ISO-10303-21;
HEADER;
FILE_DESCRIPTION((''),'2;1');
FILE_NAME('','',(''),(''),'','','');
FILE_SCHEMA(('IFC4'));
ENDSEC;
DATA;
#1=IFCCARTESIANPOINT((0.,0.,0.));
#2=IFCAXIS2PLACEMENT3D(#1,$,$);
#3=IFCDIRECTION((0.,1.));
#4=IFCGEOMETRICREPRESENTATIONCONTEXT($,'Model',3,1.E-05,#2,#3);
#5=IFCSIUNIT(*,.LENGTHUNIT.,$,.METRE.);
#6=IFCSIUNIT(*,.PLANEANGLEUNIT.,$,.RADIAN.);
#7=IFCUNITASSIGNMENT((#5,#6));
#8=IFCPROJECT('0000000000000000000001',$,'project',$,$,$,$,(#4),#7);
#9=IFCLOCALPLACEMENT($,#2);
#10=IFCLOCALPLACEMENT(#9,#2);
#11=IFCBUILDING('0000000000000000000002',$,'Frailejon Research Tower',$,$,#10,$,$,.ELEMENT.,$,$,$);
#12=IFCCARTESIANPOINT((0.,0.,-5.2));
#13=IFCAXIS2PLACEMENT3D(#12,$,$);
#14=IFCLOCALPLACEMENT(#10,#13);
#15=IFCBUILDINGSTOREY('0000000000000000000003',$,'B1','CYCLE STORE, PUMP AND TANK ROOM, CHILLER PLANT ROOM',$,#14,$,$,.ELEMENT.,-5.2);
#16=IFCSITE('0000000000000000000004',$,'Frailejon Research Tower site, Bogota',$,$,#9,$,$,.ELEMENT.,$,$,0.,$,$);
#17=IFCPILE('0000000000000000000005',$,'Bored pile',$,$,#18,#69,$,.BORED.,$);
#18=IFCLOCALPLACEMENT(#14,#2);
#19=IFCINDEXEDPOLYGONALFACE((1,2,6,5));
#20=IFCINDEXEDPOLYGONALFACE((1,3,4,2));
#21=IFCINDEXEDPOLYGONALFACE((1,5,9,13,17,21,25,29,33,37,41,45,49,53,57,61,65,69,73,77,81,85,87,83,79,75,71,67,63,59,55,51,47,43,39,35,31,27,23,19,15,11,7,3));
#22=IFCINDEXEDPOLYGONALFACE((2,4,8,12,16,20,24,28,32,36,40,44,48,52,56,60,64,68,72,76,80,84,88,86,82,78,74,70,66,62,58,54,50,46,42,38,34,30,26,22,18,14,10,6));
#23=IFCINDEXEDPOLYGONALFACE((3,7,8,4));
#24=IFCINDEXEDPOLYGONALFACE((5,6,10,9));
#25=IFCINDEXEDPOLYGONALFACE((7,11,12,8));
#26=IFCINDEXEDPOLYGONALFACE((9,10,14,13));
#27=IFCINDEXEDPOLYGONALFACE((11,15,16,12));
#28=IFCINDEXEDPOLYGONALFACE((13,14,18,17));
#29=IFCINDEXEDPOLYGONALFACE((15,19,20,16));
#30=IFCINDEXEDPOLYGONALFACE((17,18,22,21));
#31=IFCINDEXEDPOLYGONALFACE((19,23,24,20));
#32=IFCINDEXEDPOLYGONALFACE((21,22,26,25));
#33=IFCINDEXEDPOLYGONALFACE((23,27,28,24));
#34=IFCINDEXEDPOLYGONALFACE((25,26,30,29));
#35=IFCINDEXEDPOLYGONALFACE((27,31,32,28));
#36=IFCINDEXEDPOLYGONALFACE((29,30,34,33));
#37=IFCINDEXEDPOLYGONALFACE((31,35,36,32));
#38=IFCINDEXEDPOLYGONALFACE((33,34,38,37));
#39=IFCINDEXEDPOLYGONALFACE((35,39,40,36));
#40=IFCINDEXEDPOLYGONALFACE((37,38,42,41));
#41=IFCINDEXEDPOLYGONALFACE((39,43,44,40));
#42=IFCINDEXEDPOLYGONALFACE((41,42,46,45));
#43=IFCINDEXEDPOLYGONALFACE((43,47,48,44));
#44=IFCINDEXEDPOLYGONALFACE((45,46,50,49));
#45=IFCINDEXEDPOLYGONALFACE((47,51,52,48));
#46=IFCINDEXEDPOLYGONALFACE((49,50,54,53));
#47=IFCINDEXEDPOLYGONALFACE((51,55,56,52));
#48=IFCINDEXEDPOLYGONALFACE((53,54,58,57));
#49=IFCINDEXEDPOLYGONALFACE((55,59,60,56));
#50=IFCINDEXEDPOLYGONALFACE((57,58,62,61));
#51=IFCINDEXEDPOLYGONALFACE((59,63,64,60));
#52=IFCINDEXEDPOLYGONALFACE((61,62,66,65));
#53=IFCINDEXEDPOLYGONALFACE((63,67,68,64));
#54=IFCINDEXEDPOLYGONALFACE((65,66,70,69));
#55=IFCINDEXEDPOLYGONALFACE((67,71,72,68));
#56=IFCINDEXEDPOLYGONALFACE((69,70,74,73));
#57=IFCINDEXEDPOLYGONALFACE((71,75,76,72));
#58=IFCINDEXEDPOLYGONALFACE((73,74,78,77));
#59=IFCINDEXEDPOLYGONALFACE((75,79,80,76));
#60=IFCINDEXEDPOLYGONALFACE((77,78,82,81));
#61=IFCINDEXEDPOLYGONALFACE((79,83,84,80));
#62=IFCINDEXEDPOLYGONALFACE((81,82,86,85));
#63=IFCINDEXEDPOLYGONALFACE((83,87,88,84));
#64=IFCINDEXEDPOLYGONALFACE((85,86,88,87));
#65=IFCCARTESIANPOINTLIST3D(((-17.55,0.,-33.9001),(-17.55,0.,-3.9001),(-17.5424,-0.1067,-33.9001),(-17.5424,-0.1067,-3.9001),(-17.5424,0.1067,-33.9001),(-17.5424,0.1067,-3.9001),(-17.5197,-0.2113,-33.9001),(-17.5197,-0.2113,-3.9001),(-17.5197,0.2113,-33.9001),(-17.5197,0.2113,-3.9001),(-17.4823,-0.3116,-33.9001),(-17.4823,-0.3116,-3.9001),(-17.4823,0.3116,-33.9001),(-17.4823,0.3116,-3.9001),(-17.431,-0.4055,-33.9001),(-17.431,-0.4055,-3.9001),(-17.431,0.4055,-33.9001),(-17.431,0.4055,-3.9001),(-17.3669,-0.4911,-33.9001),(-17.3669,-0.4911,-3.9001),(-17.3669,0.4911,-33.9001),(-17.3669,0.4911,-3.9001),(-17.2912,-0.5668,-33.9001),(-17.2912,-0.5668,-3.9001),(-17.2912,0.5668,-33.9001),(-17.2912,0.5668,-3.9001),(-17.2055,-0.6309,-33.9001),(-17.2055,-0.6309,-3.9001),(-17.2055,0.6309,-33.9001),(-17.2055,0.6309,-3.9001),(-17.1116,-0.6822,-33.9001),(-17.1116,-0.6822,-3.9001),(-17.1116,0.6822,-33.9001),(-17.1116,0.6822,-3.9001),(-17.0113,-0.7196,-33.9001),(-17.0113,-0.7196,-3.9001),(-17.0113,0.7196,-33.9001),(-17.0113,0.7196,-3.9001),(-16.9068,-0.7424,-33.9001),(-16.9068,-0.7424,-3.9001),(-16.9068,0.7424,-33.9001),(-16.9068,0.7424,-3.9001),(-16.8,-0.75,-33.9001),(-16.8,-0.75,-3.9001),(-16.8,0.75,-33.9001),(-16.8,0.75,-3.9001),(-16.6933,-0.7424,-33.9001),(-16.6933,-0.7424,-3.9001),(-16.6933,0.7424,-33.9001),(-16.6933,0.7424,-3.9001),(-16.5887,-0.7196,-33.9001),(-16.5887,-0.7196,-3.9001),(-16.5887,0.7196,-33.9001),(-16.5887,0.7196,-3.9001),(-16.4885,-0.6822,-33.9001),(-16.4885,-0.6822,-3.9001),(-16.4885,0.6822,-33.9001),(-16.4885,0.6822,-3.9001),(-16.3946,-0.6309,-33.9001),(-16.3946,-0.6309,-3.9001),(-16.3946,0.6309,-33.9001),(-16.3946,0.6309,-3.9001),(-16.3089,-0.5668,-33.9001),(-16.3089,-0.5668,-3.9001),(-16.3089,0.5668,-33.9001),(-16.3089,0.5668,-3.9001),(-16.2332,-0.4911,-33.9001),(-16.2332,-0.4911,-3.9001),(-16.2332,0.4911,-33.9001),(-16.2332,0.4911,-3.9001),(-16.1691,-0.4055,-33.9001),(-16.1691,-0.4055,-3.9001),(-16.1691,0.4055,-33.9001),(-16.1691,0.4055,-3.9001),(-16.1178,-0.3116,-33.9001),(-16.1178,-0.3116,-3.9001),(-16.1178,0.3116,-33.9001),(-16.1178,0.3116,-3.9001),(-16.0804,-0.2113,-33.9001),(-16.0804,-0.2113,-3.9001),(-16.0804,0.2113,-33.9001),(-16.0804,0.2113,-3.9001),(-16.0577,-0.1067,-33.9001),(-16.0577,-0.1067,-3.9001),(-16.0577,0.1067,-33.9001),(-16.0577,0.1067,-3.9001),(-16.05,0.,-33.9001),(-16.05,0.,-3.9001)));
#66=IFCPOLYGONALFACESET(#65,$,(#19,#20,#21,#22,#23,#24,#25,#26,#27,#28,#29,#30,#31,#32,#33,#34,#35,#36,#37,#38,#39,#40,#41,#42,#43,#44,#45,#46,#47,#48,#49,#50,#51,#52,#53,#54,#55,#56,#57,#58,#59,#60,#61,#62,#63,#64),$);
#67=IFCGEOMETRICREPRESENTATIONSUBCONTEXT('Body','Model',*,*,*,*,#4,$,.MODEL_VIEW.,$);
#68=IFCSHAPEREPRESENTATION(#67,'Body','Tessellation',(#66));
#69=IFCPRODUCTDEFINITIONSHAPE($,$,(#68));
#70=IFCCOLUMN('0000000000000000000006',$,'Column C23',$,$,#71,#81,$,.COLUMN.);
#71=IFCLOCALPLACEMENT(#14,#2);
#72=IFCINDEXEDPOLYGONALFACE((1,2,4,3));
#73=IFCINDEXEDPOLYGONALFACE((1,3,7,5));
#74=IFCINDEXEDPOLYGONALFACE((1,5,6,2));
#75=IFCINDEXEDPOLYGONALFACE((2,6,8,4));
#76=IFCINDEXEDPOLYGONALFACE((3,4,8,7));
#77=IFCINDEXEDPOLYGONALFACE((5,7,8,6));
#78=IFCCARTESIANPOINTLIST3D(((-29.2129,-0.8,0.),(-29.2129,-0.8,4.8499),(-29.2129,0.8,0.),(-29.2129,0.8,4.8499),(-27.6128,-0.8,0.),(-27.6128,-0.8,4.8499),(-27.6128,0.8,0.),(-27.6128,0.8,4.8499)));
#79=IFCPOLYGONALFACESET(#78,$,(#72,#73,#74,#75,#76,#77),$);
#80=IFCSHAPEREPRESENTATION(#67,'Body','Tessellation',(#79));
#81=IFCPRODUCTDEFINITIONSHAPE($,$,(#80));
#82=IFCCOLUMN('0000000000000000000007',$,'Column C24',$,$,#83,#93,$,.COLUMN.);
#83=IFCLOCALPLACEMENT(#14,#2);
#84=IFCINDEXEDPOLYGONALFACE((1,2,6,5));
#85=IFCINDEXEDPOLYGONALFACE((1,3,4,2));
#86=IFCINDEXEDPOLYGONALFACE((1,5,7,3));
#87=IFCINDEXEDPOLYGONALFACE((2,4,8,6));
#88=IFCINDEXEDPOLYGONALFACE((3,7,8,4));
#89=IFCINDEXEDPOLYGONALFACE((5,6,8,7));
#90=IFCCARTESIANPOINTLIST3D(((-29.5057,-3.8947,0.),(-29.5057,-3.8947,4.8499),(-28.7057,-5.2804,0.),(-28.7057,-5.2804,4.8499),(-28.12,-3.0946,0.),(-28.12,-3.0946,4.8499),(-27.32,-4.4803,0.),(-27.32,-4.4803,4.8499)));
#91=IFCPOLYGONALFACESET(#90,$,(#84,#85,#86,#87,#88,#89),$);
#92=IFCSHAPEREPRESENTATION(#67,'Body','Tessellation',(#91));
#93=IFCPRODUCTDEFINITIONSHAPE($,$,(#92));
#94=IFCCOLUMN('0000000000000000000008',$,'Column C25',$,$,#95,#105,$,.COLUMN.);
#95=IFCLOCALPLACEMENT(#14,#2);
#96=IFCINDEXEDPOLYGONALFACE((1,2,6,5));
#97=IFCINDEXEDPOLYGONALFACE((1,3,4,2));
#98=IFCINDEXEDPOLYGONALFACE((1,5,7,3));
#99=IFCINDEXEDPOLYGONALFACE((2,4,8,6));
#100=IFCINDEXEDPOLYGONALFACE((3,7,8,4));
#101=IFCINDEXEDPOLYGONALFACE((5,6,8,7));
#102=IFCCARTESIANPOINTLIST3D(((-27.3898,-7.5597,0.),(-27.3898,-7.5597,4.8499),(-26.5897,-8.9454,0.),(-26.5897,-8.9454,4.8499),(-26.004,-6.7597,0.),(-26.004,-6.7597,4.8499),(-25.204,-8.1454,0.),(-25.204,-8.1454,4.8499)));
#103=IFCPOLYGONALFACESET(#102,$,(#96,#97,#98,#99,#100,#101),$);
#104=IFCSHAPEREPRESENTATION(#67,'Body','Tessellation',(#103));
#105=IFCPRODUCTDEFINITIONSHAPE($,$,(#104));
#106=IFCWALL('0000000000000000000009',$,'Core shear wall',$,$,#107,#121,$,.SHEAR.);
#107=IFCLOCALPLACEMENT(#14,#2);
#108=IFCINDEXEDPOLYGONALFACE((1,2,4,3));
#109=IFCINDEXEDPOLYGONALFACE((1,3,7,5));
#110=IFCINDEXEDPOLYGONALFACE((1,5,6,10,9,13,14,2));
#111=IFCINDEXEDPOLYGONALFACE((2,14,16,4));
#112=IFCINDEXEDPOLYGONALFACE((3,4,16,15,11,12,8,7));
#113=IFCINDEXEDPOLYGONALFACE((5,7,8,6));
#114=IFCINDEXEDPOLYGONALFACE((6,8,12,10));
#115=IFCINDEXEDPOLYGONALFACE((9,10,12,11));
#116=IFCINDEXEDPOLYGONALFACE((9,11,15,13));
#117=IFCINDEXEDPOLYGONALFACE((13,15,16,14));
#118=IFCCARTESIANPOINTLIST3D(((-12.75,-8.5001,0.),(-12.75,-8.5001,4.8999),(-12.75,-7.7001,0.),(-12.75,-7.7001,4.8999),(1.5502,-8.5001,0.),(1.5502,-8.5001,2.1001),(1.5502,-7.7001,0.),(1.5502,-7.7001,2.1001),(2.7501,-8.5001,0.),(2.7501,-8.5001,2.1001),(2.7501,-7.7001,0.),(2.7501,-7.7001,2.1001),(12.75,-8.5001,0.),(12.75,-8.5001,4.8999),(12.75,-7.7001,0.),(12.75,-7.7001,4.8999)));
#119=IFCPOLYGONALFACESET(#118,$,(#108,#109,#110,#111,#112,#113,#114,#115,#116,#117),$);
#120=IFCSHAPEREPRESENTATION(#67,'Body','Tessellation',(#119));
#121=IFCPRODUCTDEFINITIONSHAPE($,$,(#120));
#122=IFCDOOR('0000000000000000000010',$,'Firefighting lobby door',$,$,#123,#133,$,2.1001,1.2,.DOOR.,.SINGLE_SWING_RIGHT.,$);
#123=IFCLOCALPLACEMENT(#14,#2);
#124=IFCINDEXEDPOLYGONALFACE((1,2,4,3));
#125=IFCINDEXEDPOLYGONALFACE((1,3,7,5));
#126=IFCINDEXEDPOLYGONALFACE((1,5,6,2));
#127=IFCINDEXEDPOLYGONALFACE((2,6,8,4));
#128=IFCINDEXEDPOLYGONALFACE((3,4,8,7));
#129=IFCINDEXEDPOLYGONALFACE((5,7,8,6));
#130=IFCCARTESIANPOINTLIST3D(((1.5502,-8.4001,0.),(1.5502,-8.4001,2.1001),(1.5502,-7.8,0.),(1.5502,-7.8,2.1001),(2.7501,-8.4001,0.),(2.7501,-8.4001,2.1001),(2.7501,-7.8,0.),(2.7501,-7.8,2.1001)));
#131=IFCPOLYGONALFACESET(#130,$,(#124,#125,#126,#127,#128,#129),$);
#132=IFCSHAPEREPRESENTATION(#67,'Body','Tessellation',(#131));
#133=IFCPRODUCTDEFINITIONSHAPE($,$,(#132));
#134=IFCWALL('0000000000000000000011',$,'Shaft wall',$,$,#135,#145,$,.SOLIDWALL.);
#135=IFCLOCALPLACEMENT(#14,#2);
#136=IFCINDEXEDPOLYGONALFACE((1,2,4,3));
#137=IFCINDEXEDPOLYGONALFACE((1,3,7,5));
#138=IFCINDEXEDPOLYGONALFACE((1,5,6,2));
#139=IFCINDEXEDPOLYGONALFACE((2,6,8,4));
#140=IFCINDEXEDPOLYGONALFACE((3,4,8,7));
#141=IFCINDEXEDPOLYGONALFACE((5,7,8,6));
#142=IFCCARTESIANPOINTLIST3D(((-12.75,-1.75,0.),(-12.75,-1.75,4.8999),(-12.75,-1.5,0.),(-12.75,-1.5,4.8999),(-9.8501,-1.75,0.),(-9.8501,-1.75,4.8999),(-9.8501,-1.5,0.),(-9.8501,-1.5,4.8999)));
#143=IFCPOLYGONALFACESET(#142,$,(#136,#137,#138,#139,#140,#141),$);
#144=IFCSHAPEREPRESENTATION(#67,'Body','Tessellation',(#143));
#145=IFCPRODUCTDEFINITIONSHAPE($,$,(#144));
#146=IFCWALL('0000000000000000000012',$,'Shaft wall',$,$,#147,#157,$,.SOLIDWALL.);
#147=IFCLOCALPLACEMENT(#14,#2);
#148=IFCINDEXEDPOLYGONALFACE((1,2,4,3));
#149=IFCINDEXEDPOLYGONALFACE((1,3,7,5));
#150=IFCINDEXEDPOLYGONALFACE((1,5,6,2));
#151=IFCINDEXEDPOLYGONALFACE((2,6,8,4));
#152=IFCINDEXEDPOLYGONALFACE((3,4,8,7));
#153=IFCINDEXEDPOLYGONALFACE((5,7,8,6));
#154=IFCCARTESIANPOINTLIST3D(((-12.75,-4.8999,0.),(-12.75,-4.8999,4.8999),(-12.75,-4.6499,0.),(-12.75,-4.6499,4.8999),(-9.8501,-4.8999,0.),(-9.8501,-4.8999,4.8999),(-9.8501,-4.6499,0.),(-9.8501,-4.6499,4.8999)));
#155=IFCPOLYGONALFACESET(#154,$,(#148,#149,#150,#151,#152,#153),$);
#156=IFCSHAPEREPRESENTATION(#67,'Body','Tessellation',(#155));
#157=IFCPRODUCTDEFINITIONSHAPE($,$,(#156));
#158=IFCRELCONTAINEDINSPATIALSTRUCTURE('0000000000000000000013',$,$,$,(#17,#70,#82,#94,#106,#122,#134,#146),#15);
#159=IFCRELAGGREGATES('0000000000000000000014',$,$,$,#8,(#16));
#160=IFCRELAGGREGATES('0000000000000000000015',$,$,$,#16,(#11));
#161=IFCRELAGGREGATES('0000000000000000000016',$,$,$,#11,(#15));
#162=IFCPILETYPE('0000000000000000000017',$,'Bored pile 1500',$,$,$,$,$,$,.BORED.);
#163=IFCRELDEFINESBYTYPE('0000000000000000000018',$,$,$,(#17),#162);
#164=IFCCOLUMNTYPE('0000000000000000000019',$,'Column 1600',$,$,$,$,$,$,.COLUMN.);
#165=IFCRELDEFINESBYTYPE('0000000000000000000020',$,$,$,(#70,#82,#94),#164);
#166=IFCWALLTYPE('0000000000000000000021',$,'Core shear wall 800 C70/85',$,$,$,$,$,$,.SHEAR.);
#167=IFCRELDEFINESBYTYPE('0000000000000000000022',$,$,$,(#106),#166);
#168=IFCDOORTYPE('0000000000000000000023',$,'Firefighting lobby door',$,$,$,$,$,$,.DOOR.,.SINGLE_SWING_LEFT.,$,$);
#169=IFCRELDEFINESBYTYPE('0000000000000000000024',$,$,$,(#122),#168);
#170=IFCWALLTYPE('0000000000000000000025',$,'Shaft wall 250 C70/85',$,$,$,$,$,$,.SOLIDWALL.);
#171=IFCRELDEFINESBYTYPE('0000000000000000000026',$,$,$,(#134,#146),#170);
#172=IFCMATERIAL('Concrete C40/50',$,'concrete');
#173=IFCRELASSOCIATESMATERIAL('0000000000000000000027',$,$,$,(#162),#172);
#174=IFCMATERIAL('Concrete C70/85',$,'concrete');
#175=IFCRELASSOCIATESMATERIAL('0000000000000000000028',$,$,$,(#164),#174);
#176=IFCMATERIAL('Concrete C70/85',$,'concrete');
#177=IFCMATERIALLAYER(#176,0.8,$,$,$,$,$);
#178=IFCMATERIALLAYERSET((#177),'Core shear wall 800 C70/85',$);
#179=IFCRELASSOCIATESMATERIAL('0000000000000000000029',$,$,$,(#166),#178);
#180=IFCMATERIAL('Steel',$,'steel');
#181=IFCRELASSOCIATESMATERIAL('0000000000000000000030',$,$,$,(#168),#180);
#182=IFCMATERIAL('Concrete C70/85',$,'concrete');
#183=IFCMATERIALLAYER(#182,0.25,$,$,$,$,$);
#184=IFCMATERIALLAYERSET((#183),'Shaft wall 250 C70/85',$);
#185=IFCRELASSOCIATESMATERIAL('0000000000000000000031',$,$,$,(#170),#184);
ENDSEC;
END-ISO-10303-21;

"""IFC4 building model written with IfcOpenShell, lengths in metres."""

from ifc_helpers import new_model, si_unit, direction, frame, frame_2d, origin, origin_2d, place, context, subcontext, project, spatial, rectangle, circle, extrude, material, layer, layer_set, material_profile, profile_set, type_object, element, fill, save


model = new_model("IFC4")

# Units and contexts
model_context = context("Model", 3, precision=1e-05, world=origin(), true_north=direction((0.0, 1.0)))
body_context = subcontext(model_context, "Body", "Model", "MODEL_VIEW")
ifc_project = project(units=[si_unit("LENGTHUNIT", "METRE"), si_unit("PLANEANGLEUNIT", "RADIAN")], contexts=[model_context])

# Site, building, storey
site_placement = place(None, origin())
site = spatial("IfcSite", under=ifc_project, at=site_placement, Name="Frailejon Research Tower site, Bogota", CompositionType="ELEMENT", RefElevation=0.0)
building_placement = place(site_placement, origin())
building = spatial("IfcBuilding", under=site, at=building_placement, Name="Frailejon Research Tower", CompositionType="ELEMENT")
storey_placement = place(building_placement, frame((0.0, 0.0, -5.2)))
storey = spatial("IfcBuildingStorey", under=building, at=storey_placement, Name="B1", Description="CYCLE STORE, PUMP AND TANK ROOM, CHILLER PLANT ROOM", CompositionType="ELEMENT", Elevation=-5.2)

# Pile
ifc_material_1 = material(Name="Concrete C40/50", Category="concrete")
ifc_material_profile_1 = material_profile(ifc_material_1, circle(Radius=0.75, at=origin_2d()), Name="Bored pile 1500")
ifc_profile_set_1 = profile_set([ifc_material_profile_1], Name="Concrete C40/50")
pile_type = type_object("IfcPileType", Name="Bored pile 1500", PredefinedType="BORED", material=ifc_profile_set_1)
for number, where, z_axis, x_axis, name in (
    (1, (-16.8, 0.0, -3.9001), (0.0, 0.0, -1.0), (1.0, 0.0, 0.0), "Bored pile"),
):
    element("IfcPile", number, at=place(storey_placement, frame(where, z_axis=z_axis, x_axis=x_axis)), inside=storey, type_object=pile_type, Name=name, PredefinedType="BORED", context=body_context, shape_type="SweptSolid", body=[
        extrude(circle(Radius=0.75, at=origin_2d()), origin(), (0.0, 0.0, 1.0), 30.0),
    ])

# Columns
ifc_material_2 = material(Name="Concrete C70/85", Category="concrete")
ifc_material_profile_2 = material_profile(ifc_material_2, rectangle(XDim=1.6001, YDim=1.6001, at=origin_2d()), Name="Column 1600")
ifc_profile_set_2 = profile_set([ifc_material_profile_2], Name="Concrete C70/85")
column_type = type_object("IfcColumnType", Name="Column 1600", PredefinedType="COLUMN", material=ifc_profile_set_2)
for number, where, z_axis, x_axis, name in (
    (2, (-28.4128, 0.0, 0.0), (0.0, 0.0, 1.0), (0.0, -1.0, 0.0), "Column C23"),
    (3, (-28.4128, -4.1875, 0.0), (0.0, 0.0, 1.0), (0.5, -0.866025, 0.0), "Column C24"),
    (4, (-26.2969, -7.8525, 0.0), (0.0, 0.0, 1.0), (0.5, -0.866025, 0.0), "Column C25"),
):
    element("IfcColumn", number, at=place(storey_placement, frame(where, z_axis=z_axis, x_axis=x_axis)), inside=storey, type_object=column_type, Name=name, PredefinedType="COLUMN", context=body_context, shape_type="SweptSolid", body=[
        extrude(rectangle(XDim=1.6001, YDim=1.6001, at=origin_2d()), origin(), (0.0, 0.0, 1.0), 4.8499),
    ])

# Wall, opening, door
ifc_material_3 = material(Name="Concrete C70/85", Category="concrete")
ifc_layer_1 = layer(ifc_material_3, 0.8)
ifc_layer_set_1 = layer_set([ifc_layer_1], Name="Core shear wall 800 C70/85")
wall_type_1 = type_object("IfcWallType", Name="Core shear wall 800 C70/85", PredefinedType="SHEAR", material=ifc_layer_set_1)
wall_placement = place(storey_placement, frame((-12.75, -8.1001, 0.0), z_axis=(0.0, 0.0, 1.0), x_axis=(1.0, 0.0, 0.0)))
wall = element("IfcWall", 5, at=wall_placement, inside=storey, type_object=wall_type_1, Name="Core shear wall", PredefinedType="SHEAR", context=body_context, shape_type="SweptSolid", body=[
    extrude(rectangle(XDim=25.5, YDim=0.8, at=frame_2d((12.75, 0.0))), origin(), (0.0, 0.0, 1.0), 4.8999),
])
opening_placement = place(wall_placement, frame((14.3, 0.0, 0.0)))
opening = element("IfcOpeningElement", 6, at=opening_placement, cuts=wall, PredefinedType="OPENING", context=body_context, shape_type="SweptSolid", body=[
    extrude(rectangle(XDim=1.2, YDim=2.1001, at=frame_2d((0.6001, 1.05))), frame((0.0, 0.4099, 0.0), z_axis=(0.0, -1.0, 0.0), x_axis=(1.0, 0.0, 0.0)), (0.0, 0.0, 1.0), 0.8201),
])
ifc_material_4 = material(Name="Steel", Category="steel")
door_type = type_object("IfcDoorType", Name="Firefighting lobby door", OperationType="SINGLE_SWING_LEFT", PredefinedType="DOOR", material=ifc_material_4)
door_placement = place(opening_placement, origin())
door = element("IfcDoor", 7, at=door_placement, inside=storey, type_object=door_type, Name="Firefighting lobby door", OperationType="SINGLE_SWING_RIGHT", OverallHeight=2.1001, OverallWidth=1.2, PredefinedType="DOOR", context=body_context, shape_type="SweptSolid", body=[
    extrude(rectangle(XDim=1.2, YDim=2.1001, at=frame_2d((0.6001, 1.05))), frame((0.0, 0.3, 0.0), z_axis=(0.0, -1.0, 0.0), x_axis=(1.0, 0.0, 0.0)), (0.0, 0.0, 1.0), 0.6001),
])
fill(opening, door)

# Walls
ifc_material_5 = material(Name="Concrete C70/85", Category="concrete")
ifc_layer_2 = layer(ifc_material_5, 0.25)
ifc_layer_set_2 = layer_set([ifc_layer_2], Name="Shaft wall 250 C70/85")
wall_type_2 = type_object("IfcWallType", Name="Shaft wall 250 C70/85", PredefinedType="SOLIDWALL", material=ifc_layer_set_2)
for number, where, z_axis, x_axis, name in (
    (8, (-12.75, -1.625, 0.0), (0.0, 0.0, 1.0), (1.0, 0.0, 0.0), "Shaft wall"),
    (9, (-12.75, -4.7749, 0.0), (0.0, 0.0, 1.0), (1.0, 0.0, 0.0), "Shaft wall"),
):
    element("IfcWall", number, at=place(storey_placement, frame(where, z_axis=z_axis, x_axis=x_axis)), inside=storey, type_object=wall_type_2, Name=name, PredefinedType="SOLIDWALL", context=body_context, shape_type="SweptSolid", body=[
        extrude(rectangle(XDim=2.8999, YDim=0.25, at=frame_2d((1.45, 0.0))), origin(), (0.0, 0.0, 1.0), 4.8999),
    ])

save(model, "model.ifc")
